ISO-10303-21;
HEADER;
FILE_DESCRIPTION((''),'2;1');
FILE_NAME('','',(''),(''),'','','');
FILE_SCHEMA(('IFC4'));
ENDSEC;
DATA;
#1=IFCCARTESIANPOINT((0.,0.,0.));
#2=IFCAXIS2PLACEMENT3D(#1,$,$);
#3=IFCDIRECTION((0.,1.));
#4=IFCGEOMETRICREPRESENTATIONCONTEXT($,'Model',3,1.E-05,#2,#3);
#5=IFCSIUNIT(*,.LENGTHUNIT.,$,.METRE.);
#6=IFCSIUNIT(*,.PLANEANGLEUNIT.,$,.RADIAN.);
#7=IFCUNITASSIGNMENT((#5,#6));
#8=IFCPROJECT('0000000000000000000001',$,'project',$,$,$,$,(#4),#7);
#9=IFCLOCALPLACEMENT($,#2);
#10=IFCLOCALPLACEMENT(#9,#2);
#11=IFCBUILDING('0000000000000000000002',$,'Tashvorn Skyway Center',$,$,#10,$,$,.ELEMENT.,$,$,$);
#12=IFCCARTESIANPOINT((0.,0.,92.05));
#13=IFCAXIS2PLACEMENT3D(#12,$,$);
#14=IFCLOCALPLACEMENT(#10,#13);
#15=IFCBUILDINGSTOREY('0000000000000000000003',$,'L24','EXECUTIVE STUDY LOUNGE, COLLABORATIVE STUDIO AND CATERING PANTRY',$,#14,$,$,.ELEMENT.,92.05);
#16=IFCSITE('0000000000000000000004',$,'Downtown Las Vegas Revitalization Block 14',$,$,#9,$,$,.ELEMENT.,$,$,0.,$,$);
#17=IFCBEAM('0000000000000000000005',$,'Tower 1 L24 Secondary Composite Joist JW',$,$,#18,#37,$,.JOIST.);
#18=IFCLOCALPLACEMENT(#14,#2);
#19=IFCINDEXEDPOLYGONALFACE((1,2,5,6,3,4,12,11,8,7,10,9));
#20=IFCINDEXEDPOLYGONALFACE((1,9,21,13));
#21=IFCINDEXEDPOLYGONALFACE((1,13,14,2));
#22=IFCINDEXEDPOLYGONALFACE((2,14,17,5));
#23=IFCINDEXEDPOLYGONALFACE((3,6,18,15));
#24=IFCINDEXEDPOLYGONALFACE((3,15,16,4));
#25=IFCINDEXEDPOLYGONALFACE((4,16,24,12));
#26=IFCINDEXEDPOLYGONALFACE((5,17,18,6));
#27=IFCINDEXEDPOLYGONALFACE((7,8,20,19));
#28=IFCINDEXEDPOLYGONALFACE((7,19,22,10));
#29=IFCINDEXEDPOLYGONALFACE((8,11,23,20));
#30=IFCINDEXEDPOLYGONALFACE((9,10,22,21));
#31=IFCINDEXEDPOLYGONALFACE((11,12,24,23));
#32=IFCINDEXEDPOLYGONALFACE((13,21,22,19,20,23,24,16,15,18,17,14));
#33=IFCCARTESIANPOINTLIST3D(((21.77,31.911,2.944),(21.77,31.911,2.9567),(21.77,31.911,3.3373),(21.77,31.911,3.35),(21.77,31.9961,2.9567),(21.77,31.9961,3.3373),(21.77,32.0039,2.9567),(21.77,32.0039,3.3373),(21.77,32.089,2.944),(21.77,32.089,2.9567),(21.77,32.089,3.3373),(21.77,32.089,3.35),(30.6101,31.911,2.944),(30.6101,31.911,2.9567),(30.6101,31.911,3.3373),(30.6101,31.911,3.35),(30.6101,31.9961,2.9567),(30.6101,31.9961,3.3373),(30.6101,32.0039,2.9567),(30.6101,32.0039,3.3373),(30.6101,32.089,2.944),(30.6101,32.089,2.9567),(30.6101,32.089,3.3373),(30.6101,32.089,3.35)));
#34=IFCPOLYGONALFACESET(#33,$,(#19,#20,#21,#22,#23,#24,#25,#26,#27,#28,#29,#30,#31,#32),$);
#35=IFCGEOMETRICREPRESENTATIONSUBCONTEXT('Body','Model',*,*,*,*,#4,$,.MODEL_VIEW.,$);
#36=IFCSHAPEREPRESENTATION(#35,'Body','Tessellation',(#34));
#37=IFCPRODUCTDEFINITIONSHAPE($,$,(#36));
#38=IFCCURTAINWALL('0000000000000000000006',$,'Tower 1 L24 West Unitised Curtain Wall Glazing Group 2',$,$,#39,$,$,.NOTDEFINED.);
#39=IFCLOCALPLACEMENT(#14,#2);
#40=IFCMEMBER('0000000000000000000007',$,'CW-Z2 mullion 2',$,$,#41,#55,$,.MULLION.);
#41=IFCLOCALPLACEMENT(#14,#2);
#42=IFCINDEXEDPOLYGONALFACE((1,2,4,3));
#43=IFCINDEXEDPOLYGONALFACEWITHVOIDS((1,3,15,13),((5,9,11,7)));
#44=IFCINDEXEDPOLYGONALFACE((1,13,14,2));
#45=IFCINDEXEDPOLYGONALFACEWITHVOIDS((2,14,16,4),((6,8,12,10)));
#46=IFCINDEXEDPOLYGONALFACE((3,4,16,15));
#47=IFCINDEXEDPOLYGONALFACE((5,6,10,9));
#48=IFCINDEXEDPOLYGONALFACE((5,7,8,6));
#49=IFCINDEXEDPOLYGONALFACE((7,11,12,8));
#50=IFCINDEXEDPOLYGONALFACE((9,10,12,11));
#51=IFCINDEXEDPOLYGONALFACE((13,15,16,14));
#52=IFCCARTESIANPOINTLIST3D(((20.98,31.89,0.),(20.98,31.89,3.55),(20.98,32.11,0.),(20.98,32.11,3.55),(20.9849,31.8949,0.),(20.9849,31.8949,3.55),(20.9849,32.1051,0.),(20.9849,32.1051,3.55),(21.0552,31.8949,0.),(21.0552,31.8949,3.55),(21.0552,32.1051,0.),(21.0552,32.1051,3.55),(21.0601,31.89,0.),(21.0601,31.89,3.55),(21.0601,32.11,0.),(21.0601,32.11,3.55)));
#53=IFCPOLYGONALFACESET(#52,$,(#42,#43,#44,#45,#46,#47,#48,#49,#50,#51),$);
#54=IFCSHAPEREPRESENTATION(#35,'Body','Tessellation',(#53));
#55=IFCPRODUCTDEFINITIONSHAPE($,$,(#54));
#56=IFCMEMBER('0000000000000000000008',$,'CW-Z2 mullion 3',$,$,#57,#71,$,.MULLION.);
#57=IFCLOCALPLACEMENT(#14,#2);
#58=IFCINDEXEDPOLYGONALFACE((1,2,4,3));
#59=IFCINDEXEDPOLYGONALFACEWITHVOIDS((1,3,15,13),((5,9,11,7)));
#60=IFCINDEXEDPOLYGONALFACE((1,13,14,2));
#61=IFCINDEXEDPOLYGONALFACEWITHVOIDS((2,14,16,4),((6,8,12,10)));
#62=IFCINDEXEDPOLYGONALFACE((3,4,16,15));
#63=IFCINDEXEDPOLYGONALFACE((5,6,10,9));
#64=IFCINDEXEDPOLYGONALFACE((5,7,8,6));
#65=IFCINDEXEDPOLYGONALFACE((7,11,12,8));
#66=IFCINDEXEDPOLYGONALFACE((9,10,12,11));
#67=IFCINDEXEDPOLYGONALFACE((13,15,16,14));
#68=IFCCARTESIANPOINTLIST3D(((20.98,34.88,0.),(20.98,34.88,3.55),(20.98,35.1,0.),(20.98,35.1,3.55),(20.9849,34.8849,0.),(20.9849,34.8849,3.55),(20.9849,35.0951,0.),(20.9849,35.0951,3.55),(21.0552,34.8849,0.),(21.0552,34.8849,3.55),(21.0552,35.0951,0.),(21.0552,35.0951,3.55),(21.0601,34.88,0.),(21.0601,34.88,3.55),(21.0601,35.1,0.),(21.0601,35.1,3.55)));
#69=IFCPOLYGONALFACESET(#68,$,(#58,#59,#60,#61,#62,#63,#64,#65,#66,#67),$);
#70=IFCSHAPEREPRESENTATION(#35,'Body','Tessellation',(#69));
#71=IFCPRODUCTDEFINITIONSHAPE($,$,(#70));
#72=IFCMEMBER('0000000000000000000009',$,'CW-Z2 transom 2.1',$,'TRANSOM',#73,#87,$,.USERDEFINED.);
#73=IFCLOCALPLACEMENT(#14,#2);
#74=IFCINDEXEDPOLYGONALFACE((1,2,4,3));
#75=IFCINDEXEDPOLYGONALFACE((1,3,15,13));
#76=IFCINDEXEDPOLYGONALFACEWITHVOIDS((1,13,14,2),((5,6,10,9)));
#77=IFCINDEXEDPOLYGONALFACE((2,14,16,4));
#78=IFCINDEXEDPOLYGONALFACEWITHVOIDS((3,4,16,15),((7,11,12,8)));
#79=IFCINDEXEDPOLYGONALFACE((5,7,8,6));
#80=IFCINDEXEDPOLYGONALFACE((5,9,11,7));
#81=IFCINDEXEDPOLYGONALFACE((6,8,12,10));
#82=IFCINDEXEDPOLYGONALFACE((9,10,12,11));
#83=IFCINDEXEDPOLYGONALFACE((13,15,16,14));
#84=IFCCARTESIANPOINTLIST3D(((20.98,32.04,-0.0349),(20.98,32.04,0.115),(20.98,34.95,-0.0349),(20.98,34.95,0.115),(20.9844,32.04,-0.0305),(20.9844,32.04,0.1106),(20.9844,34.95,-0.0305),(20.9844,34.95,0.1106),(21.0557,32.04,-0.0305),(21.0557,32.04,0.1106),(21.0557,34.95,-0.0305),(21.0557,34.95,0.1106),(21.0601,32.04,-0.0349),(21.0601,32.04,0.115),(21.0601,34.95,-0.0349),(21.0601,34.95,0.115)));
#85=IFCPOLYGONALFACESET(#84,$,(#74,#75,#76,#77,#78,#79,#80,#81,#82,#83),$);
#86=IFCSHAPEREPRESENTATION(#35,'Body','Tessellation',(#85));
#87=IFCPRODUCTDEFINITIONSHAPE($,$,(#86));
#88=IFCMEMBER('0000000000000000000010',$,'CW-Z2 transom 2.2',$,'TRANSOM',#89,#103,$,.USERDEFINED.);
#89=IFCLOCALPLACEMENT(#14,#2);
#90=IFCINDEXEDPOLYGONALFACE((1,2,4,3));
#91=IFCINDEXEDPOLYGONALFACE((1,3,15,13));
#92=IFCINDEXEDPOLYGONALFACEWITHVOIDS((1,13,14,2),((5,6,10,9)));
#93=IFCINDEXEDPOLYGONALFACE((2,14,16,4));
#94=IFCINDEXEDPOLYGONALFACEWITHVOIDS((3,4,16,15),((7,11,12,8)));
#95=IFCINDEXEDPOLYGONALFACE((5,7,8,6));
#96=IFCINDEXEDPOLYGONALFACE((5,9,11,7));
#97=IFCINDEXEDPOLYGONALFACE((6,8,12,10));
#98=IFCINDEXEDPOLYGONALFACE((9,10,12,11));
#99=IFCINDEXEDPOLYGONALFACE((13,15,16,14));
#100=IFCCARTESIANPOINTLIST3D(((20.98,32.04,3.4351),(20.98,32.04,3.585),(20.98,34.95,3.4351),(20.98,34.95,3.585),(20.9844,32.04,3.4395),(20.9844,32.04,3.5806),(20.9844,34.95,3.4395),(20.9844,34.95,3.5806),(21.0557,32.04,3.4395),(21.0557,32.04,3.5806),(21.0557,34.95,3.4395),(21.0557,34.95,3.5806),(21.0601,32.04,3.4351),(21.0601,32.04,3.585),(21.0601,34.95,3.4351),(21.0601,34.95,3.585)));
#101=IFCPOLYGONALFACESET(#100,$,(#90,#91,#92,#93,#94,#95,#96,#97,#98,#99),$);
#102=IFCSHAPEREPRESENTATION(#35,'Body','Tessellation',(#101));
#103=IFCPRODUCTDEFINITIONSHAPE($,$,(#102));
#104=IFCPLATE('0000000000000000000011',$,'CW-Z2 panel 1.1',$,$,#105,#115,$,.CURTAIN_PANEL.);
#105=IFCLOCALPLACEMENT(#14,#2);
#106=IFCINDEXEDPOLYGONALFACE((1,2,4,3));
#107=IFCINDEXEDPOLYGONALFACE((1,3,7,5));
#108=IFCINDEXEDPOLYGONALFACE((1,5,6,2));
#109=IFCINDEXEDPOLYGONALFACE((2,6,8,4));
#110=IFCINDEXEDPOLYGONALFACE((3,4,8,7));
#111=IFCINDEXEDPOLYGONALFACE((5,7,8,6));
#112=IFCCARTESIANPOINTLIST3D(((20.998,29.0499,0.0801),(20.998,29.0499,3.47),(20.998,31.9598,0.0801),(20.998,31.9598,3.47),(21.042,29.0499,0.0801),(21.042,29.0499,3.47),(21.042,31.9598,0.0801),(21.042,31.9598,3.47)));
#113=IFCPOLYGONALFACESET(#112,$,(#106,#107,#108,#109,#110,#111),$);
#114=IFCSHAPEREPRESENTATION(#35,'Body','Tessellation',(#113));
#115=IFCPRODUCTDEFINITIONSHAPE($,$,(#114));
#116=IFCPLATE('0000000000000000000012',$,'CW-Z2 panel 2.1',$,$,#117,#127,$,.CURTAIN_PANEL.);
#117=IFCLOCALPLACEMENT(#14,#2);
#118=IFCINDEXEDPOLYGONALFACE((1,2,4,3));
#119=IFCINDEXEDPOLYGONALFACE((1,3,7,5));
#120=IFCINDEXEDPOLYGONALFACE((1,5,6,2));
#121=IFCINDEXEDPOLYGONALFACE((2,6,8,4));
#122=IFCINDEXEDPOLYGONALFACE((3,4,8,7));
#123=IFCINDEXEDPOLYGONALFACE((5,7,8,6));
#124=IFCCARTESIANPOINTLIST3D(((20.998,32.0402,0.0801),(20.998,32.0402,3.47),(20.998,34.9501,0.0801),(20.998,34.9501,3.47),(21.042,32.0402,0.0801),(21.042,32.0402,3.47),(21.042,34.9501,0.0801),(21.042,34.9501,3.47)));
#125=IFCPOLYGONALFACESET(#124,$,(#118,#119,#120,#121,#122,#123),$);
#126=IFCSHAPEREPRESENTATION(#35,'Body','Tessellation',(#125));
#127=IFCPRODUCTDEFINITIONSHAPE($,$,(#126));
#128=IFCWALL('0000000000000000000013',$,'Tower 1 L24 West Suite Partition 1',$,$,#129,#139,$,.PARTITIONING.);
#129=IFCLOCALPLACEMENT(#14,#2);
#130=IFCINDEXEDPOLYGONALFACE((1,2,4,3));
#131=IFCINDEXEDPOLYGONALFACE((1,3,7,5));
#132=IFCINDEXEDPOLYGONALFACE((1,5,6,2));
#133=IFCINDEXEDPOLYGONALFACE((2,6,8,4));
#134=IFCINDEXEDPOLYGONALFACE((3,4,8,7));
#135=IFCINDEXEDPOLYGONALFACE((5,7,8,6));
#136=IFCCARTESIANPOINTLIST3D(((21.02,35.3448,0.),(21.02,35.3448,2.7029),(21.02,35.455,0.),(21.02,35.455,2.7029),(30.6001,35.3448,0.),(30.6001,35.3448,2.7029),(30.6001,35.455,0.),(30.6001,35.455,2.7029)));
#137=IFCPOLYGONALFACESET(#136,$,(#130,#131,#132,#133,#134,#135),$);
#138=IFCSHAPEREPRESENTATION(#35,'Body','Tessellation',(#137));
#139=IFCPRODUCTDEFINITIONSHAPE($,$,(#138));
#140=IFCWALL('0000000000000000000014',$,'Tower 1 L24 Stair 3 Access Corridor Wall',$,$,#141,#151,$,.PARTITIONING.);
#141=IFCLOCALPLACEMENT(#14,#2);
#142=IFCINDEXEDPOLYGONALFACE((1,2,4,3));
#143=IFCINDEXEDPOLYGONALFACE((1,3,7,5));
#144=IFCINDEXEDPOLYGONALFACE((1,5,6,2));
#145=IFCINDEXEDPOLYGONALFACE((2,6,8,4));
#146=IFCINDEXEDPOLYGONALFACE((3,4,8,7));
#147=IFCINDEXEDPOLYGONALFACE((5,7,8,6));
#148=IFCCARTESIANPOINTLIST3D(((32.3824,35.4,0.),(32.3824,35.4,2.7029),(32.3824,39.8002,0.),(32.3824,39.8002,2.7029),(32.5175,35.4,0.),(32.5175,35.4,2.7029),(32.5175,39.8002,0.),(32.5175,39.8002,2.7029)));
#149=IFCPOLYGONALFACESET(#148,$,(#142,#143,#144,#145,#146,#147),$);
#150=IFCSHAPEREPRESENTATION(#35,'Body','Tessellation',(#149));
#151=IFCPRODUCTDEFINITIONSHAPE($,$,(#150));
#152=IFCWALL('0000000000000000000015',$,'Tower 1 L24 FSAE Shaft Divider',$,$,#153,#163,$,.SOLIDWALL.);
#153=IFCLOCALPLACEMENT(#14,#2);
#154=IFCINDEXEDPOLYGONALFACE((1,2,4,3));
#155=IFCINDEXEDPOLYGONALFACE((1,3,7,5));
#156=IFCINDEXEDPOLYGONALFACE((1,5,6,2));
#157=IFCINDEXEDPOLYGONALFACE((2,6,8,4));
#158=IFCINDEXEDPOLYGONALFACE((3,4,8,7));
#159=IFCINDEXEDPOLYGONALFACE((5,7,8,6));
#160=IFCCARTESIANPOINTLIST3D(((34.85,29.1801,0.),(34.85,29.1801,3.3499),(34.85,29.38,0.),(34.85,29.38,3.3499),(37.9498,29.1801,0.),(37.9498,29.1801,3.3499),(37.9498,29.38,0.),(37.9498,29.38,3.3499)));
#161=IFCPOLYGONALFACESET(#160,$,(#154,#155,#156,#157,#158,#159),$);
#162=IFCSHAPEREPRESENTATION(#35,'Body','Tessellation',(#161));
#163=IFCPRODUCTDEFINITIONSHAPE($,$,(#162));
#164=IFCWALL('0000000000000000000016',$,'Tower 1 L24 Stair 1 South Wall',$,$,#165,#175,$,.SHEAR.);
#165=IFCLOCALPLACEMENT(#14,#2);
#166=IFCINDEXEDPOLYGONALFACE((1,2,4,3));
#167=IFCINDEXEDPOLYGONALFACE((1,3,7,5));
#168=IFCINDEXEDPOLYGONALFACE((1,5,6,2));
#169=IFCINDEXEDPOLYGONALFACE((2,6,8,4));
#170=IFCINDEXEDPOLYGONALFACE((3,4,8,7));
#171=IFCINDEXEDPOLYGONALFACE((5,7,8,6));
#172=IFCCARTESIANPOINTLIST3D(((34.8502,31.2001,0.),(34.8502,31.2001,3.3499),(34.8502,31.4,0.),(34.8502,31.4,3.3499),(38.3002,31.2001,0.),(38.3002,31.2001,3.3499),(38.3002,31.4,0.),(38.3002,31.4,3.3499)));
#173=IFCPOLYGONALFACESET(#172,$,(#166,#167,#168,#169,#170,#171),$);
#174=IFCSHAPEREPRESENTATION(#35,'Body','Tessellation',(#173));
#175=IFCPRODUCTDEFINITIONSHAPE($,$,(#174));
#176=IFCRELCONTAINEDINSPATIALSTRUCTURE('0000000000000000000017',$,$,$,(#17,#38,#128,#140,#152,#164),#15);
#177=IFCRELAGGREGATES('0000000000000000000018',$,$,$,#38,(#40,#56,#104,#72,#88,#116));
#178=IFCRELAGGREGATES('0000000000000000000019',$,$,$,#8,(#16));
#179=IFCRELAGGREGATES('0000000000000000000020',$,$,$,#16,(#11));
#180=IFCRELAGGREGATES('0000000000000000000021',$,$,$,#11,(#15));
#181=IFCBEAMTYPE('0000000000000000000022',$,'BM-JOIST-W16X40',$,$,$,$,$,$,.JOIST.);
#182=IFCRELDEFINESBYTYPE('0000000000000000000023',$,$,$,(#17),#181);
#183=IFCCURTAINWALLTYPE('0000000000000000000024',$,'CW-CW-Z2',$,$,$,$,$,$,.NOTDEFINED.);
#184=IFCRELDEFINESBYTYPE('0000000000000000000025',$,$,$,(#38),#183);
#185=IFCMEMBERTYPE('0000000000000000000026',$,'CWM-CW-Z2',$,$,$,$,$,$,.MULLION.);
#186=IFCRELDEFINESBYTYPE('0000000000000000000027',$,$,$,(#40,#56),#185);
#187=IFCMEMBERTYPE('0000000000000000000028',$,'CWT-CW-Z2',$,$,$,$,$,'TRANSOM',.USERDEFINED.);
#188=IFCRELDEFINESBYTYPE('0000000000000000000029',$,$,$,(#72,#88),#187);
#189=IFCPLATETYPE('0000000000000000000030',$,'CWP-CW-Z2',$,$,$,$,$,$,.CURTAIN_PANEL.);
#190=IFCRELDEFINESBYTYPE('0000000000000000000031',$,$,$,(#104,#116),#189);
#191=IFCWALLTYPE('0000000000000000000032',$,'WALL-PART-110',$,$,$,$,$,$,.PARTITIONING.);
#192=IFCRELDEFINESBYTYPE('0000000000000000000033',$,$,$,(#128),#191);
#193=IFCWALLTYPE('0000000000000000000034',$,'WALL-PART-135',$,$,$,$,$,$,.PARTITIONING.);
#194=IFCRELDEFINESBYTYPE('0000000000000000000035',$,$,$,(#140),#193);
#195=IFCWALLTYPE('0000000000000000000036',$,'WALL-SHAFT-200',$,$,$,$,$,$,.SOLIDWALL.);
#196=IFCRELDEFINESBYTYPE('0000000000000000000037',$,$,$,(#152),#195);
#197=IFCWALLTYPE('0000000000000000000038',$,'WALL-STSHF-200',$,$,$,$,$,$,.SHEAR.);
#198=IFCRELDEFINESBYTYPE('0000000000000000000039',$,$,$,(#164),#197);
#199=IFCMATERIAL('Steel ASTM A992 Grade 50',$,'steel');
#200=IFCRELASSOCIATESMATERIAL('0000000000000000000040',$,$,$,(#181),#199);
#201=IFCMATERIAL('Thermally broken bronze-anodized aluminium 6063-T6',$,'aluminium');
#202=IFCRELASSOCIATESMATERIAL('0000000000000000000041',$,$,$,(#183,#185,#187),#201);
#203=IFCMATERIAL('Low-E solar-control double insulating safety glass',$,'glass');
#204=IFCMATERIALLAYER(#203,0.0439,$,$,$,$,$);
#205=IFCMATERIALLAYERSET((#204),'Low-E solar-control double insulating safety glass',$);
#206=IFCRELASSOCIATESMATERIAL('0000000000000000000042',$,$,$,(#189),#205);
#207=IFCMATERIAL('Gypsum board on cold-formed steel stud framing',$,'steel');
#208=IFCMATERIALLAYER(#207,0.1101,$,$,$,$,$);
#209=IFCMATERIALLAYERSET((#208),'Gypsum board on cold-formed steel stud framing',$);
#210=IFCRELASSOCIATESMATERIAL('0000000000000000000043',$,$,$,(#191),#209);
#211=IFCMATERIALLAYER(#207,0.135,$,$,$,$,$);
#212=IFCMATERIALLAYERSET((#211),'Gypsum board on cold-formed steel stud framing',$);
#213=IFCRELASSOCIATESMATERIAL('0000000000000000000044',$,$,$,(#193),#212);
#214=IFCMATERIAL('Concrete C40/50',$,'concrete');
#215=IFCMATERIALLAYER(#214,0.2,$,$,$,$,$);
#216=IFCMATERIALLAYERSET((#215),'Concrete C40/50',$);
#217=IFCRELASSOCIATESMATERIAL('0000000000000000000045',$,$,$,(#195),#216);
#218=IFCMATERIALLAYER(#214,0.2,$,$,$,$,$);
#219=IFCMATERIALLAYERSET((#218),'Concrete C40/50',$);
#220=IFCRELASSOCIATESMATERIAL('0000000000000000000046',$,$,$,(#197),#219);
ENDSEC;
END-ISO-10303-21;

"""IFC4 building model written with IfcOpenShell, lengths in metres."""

from ifc_helpers import new_model, si_unit, direction, frame, frame_2d, origin, origin_2d, place, context, subcontext, project, spatial, rectangle, hollow_rectangle, i_section, extrude, material, layer, layer_set, material_profile, profile_set, type_object, element, aggregate, save


model = new_model("IFC4")

# Units and contexts
model_context = context("Model", 3, precision=1e-05, world=origin(), true_north=direction((0.0, 1.0)))
body_context = subcontext(model_context, "Body", "Model", "MODEL_VIEW")
ifc_project = project(units=[si_unit("LENGTHUNIT", "METRE"), si_unit("PLANEANGLEUNIT", "RADIAN")], contexts=[model_context])

# Site, building, storey
site_placement = place(None, origin())
site = spatial("IfcSite", under=ifc_project, at=site_placement, Name="Downtown Las Vegas Revitalization Block 14", CompositionType="ELEMENT", RefElevation=0.0)
building_placement = place(site_placement, origin())
building = spatial("IfcBuilding", under=site, at=building_placement, Name="Tashvorn Skyway Center", CompositionType="ELEMENT")
storey_placement = place(building_placement, frame((0.0, 0.0, 92.05)))
storey = spatial("IfcBuildingStorey", under=building, at=storey_placement, Name="L24", Description="EXECUTIVE STUDY LOUNGE, COLLABORATIVE STUDIO AND CATERING PANTRY", CompositionType="ELEMENT", Elevation=92.05)

# Beam
ifc_material_1 = material(Name="Steel ASTM A992 Grade 50", Category="steel")
ifc_material_profile_1 = material_profile(ifc_material_1, i_section(OverallWidth=0.178, OverallDepth=0.406, WebThickness=0.0078, FlangeThickness=0.0127, at=origin_2d()), Name="W16X40")
ifc_profile_set_1 = profile_set([ifc_material_profile_1], Name="Steel ASTM A992 Grade 50")
beam_type = type_object("IfcBeamType", Name="BM-JOIST-W16X40", PredefinedType="JOIST", material=ifc_profile_set_1)
beam_placement = place(storey_placement, frame((30.6101, 32.0, 3.147), z_axis=(-1.0, 0.0, 0.0), x_axis=(0.0, -1.0, 0.0)))
element("IfcBeam", 1, at=beam_placement, inside=storey, type_object=beam_type, Name="Tower 1 L24 Secondary Composite Joist JW", PredefinedType="JOIST", context=body_context, shape_type="SweptSolid", body=[
    extrude(i_section(OverallWidth=0.178, OverallDepth=0.406, WebThickness=0.0078, FlangeThickness=0.0127, at=origin_2d()), origin(), (0.0, 0.0, 1.0), 8.8401),
])

# Curtain wall, members, plates
ifc_material_2 = material(Name="Thermally broken bronze-anodized aluminium 6063-T6", Category="aluminium")
curtain_wall_type = type_object("IfcCurtainWallType", Name="CW-CW-Z2", PredefinedType="NOTDEFINED", material=ifc_material_2)
curtain_wall_placement = place(storey_placement, origin())
curtain_wall = element("IfcCurtainWall", 2, at=curtain_wall_placement, inside=storey, type_object=curtain_wall_type, Name="Tower 1 L24 West Unitised Curtain Wall Glazing Group 2", PredefinedType="NOTDEFINED")
ifc_material_profile_2 = material_profile(ifc_material_2, hollow_rectangle(XDim=0.0801, YDim=0.22, WallThickness=0.0049, at=origin_2d()), Name="ALU-MULL-80x220")
ifc_profile_set_2 = profile_set([ifc_material_profile_2], Name="Thermally broken bronze-anodized aluminium 6063-T6")
member_type_1 = type_object("IfcMemberType", Name="CWM-CW-Z2", PredefinedType="MULLION", material=ifc_profile_set_2)
member_1_placement = place(storey_placement, frame((21.02, 32.0, 0.0), z_axis=(0.0, 0.0, 1.0), x_axis=(-1.0, 0.0, 0.0)))
member_1 = element("IfcMember", 3, at=member_1_placement, type_object=member_type_1, Name="CW-Z2 mullion 2", PredefinedType="MULLION", context=body_context, shape_type="SweptSolid", body=[
    extrude(hollow_rectangle(XDim=0.0801, YDim=0.22, WallThickness=0.0049, at=origin_2d()), origin(), (0.0, 0.0, 1.0), 3.55),
])
member_2_placement = place(storey_placement, frame((21.02, 34.99, 0.0), z_axis=(0.0, 0.0, 1.0), x_axis=(-1.0, 0.0, 0.0)))
member_2 = element("IfcMember", 4, at=member_2_placement, type_object=member_type_1, Name="CW-Z2 mullion 3", PredefinedType="MULLION", context=body_context, shape_type="SweptSolid", body=[
    extrude(hollow_rectangle(XDim=0.0801, YDim=0.22, WallThickness=0.0049, at=origin_2d()), origin(), (0.0, 0.0, 1.0), 3.55),
])
ifc_material_profile_3 = material_profile(ifc_material_2, hollow_rectangle(XDim=0.0801, YDim=0.1499, WallThickness=0.0044, at=origin_2d()), Name="ALU-TRAN-80x150")
ifc_profile_set_3 = profile_set([ifc_material_profile_3], Name="Thermally broken bronze-anodized aluminium 6063-T6")
member_type_2 = type_object("IfcMemberType", Name="CWT-CW-Z2", ElementType="TRANSOM", PredefinedType="USERDEFINED", material=ifc_profile_set_3)
member_3_placement = place(storey_placement, frame((21.02, 32.04, 0.04), z_axis=(0.0, 1.0, 0.0), x_axis=(-1.0, 0.0, 0.0)))
member_3 = element("IfcMember", 5, at=member_3_placement, type_object=member_type_2, Name="CW-Z2 transom 2.1", ObjectType="TRANSOM", PredefinedType="USERDEFINED", context=body_context, shape_type="SweptSolid", body=[
    extrude(hollow_rectangle(XDim=0.0801, YDim=0.1499, WallThickness=0.0044, at=origin_2d()), origin(), (0.0, 0.0, 1.0), 2.9099),
])
member_4_placement = place(storey_placement, frame((21.02, 32.04, 3.51), z_axis=(0.0, 1.0, 0.0), x_axis=(-1.0, 0.0, 0.0)))
member_4 = element("IfcMember", 6, at=member_4_placement, type_object=member_type_2, Name="CW-Z2 transom 2.2", ObjectType="TRANSOM", PredefinedType="USERDEFINED", context=body_context, shape_type="SweptSolid", body=[
    extrude(hollow_rectangle(XDim=0.0801, YDim=0.1499, WallThickness=0.0044, at=origin_2d()), origin(), (0.0, 0.0, 1.0), 2.9099),
])
ifc_material_3 = material(Name="Low-E solar-control double insulating safety glass", Category="glass")
ifc_layer_1 = layer(ifc_material_3, 0.0439)
ifc_layer_set_1 = layer_set([ifc_layer_1], Name="Low-E solar-control double insulating safety glass")
plate_type = type_object("IfcPlateType", Name="CWP-CW-Z2", PredefinedType="CURTAIN_PANEL", material=ifc_layer_set_1)
plate_1_placement = place(storey_placement, frame((21.02, 30.5049, 0.0801), z_axis=(0.0, 0.0, 1.0), x_axis=(0.0, 1.0, 0.0)))
plate_1 = element("IfcPlate", 7, at=plate_1_placement, type_object=plate_type, Name="CW-Z2 panel 1.1", PredefinedType="CURTAIN_PANEL", context=body_context, shape_type="SweptSolid", body=[
    extrude(rectangle(XDim=2.9099, YDim=0.0439, at=origin_2d()), origin(), (0.0, 0.0, 1.0), 3.3899),
])
plate_2_placement = place(storey_placement, frame((21.02, 33.4951, 0.0801), z_axis=(0.0, 0.0, 1.0), x_axis=(0.0, 1.0, 0.0)))
plate_2 = element("IfcPlate", 8, at=plate_2_placement, type_object=plate_type, Name="CW-Z2 panel 2.1", PredefinedType="CURTAIN_PANEL", context=body_context, shape_type="SweptSolid", body=[
    extrude(rectangle(XDim=2.9099, YDim=0.0439, at=origin_2d()), origin(), (0.0, 0.0, 1.0), 3.3899),
])
aggregate(curtain_wall, [member_1, member_2, plate_1, member_3, member_4, plate_2])

# Walls
ifc_material_4 = material(Name="Gypsum board on cold-formed steel stud framing", Category="steel")
ifc_layer_2 = layer(ifc_material_4, 0.1101)
ifc_layer_set_2 = layer_set([ifc_layer_2], Name="Gypsum board on cold-formed steel stud framing")
wall_type_1 = type_object("IfcWallType", Name="WALL-PART-110", PredefinedType="PARTITIONING", material=ifc_layer_set_2)
wall_1_placement = place(storey_placement, frame((30.6001, 35.3999, 0.0), z_axis=(0.0, 0.0, 1.0), x_axis=(-1.0, 0.0, 0.0)))
element("IfcWall", 9, at=wall_1_placement, inside=storey, type_object=wall_type_1, Name="Tower 1 L24 West Suite Partition 1", PredefinedType="PARTITIONING", context=body_context, shape_type="SweptSolid", body=[
    extrude(rectangle(XDim=9.5801, YDim=0.1101, at=frame_2d((4.79, 0.0))), origin(), (0.0, 0.0, 1.0), 2.7029),
])
ifc_layer_3 = layer(ifc_material_4, 0.135)
ifc_layer_set_3 = layer_set([ifc_layer_3], Name="Gypsum board on cold-formed steel stud framing")
wall_type_2 = type_object("IfcWallType", Name="WALL-PART-135", PredefinedType="PARTITIONING", material=ifc_layer_set_3)
wall_2_placement = place(storey_placement, frame((32.45, 35.3999, 0.0), z_axis=(0.0, 0.0, 1.0), x_axis=(0.0, 1.0, 0.0)))
element("IfcWall", 10, at=wall_2_placement, inside=storey, type_object=wall_type_2, Name="Tower 1 L24 Stair 3 Access Corridor Wall", PredefinedType="PARTITIONING", context=body_context, shape_type="SweptSolid", body=[
    extrude(rectangle(XDim=4.4001, YDim=0.135, at=frame_2d((2.2002, 0.0))), origin(), (0.0, 0.0, 1.0), 2.7029),
])
ifc_material_5 = material(Name="Concrete C40/50", Category="concrete")
ifc_layer_4 = layer(ifc_material_5, 0.2)
ifc_layer_set_4 = layer_set([ifc_layer_4], Name="Concrete C40/50")
wall_type_3 = type_object("IfcWallType", Name="WALL-SHAFT-200", PredefinedType="SOLIDWALL", material=ifc_layer_set_4)
wall_3_placement = place(storey_placement, frame((34.8501, 29.28, 0.0), z_axis=(0.0, 0.0, 1.0), x_axis=(1.0, 0.0, 0.0)))
element("IfcWall", 11, at=wall_3_placement, inside=storey, type_object=wall_type_3, Name="Tower 1 L24 FSAE Shaft Divider", PredefinedType="SOLIDWALL", context=body_context, shape_type="SweptSolid", body=[
    extrude(rectangle(XDim=3.0999, YDim=0.2, at=frame_2d((1.5498, 0.0))), origin(), (0.0, 0.0, 1.0), 3.3499),
])
ifc_layer_5 = layer(ifc_material_5, 0.2)
ifc_layer_set_5 = layer_set([ifc_layer_5], Name="Concrete C40/50")
wall_type_4 = type_object("IfcWallType", Name="WALL-STSHF-200", PredefinedType="SHEAR", material=ifc_layer_set_5)
wall_4_placement = place(storey_placement, frame((34.8501, 31.3, 0.0), z_axis=(0.0, 0.0, 1.0), x_axis=(1.0, 0.0, 0.0)))
element("IfcWall", 12, at=wall_4_placement, inside=storey, type_object=wall_type_4, Name="Tower 1 L24 Stair 1 South Wall", PredefinedType="SHEAR", context=body_context, shape_type="SweptSolid", body=[
    extrude(rectangle(XDim=3.45, YDim=0.2, at=frame_2d((1.7251, 0.0))), origin(), (0.0, 0.0, 1.0), 3.3499),
])

save(model, "model.ifc")
